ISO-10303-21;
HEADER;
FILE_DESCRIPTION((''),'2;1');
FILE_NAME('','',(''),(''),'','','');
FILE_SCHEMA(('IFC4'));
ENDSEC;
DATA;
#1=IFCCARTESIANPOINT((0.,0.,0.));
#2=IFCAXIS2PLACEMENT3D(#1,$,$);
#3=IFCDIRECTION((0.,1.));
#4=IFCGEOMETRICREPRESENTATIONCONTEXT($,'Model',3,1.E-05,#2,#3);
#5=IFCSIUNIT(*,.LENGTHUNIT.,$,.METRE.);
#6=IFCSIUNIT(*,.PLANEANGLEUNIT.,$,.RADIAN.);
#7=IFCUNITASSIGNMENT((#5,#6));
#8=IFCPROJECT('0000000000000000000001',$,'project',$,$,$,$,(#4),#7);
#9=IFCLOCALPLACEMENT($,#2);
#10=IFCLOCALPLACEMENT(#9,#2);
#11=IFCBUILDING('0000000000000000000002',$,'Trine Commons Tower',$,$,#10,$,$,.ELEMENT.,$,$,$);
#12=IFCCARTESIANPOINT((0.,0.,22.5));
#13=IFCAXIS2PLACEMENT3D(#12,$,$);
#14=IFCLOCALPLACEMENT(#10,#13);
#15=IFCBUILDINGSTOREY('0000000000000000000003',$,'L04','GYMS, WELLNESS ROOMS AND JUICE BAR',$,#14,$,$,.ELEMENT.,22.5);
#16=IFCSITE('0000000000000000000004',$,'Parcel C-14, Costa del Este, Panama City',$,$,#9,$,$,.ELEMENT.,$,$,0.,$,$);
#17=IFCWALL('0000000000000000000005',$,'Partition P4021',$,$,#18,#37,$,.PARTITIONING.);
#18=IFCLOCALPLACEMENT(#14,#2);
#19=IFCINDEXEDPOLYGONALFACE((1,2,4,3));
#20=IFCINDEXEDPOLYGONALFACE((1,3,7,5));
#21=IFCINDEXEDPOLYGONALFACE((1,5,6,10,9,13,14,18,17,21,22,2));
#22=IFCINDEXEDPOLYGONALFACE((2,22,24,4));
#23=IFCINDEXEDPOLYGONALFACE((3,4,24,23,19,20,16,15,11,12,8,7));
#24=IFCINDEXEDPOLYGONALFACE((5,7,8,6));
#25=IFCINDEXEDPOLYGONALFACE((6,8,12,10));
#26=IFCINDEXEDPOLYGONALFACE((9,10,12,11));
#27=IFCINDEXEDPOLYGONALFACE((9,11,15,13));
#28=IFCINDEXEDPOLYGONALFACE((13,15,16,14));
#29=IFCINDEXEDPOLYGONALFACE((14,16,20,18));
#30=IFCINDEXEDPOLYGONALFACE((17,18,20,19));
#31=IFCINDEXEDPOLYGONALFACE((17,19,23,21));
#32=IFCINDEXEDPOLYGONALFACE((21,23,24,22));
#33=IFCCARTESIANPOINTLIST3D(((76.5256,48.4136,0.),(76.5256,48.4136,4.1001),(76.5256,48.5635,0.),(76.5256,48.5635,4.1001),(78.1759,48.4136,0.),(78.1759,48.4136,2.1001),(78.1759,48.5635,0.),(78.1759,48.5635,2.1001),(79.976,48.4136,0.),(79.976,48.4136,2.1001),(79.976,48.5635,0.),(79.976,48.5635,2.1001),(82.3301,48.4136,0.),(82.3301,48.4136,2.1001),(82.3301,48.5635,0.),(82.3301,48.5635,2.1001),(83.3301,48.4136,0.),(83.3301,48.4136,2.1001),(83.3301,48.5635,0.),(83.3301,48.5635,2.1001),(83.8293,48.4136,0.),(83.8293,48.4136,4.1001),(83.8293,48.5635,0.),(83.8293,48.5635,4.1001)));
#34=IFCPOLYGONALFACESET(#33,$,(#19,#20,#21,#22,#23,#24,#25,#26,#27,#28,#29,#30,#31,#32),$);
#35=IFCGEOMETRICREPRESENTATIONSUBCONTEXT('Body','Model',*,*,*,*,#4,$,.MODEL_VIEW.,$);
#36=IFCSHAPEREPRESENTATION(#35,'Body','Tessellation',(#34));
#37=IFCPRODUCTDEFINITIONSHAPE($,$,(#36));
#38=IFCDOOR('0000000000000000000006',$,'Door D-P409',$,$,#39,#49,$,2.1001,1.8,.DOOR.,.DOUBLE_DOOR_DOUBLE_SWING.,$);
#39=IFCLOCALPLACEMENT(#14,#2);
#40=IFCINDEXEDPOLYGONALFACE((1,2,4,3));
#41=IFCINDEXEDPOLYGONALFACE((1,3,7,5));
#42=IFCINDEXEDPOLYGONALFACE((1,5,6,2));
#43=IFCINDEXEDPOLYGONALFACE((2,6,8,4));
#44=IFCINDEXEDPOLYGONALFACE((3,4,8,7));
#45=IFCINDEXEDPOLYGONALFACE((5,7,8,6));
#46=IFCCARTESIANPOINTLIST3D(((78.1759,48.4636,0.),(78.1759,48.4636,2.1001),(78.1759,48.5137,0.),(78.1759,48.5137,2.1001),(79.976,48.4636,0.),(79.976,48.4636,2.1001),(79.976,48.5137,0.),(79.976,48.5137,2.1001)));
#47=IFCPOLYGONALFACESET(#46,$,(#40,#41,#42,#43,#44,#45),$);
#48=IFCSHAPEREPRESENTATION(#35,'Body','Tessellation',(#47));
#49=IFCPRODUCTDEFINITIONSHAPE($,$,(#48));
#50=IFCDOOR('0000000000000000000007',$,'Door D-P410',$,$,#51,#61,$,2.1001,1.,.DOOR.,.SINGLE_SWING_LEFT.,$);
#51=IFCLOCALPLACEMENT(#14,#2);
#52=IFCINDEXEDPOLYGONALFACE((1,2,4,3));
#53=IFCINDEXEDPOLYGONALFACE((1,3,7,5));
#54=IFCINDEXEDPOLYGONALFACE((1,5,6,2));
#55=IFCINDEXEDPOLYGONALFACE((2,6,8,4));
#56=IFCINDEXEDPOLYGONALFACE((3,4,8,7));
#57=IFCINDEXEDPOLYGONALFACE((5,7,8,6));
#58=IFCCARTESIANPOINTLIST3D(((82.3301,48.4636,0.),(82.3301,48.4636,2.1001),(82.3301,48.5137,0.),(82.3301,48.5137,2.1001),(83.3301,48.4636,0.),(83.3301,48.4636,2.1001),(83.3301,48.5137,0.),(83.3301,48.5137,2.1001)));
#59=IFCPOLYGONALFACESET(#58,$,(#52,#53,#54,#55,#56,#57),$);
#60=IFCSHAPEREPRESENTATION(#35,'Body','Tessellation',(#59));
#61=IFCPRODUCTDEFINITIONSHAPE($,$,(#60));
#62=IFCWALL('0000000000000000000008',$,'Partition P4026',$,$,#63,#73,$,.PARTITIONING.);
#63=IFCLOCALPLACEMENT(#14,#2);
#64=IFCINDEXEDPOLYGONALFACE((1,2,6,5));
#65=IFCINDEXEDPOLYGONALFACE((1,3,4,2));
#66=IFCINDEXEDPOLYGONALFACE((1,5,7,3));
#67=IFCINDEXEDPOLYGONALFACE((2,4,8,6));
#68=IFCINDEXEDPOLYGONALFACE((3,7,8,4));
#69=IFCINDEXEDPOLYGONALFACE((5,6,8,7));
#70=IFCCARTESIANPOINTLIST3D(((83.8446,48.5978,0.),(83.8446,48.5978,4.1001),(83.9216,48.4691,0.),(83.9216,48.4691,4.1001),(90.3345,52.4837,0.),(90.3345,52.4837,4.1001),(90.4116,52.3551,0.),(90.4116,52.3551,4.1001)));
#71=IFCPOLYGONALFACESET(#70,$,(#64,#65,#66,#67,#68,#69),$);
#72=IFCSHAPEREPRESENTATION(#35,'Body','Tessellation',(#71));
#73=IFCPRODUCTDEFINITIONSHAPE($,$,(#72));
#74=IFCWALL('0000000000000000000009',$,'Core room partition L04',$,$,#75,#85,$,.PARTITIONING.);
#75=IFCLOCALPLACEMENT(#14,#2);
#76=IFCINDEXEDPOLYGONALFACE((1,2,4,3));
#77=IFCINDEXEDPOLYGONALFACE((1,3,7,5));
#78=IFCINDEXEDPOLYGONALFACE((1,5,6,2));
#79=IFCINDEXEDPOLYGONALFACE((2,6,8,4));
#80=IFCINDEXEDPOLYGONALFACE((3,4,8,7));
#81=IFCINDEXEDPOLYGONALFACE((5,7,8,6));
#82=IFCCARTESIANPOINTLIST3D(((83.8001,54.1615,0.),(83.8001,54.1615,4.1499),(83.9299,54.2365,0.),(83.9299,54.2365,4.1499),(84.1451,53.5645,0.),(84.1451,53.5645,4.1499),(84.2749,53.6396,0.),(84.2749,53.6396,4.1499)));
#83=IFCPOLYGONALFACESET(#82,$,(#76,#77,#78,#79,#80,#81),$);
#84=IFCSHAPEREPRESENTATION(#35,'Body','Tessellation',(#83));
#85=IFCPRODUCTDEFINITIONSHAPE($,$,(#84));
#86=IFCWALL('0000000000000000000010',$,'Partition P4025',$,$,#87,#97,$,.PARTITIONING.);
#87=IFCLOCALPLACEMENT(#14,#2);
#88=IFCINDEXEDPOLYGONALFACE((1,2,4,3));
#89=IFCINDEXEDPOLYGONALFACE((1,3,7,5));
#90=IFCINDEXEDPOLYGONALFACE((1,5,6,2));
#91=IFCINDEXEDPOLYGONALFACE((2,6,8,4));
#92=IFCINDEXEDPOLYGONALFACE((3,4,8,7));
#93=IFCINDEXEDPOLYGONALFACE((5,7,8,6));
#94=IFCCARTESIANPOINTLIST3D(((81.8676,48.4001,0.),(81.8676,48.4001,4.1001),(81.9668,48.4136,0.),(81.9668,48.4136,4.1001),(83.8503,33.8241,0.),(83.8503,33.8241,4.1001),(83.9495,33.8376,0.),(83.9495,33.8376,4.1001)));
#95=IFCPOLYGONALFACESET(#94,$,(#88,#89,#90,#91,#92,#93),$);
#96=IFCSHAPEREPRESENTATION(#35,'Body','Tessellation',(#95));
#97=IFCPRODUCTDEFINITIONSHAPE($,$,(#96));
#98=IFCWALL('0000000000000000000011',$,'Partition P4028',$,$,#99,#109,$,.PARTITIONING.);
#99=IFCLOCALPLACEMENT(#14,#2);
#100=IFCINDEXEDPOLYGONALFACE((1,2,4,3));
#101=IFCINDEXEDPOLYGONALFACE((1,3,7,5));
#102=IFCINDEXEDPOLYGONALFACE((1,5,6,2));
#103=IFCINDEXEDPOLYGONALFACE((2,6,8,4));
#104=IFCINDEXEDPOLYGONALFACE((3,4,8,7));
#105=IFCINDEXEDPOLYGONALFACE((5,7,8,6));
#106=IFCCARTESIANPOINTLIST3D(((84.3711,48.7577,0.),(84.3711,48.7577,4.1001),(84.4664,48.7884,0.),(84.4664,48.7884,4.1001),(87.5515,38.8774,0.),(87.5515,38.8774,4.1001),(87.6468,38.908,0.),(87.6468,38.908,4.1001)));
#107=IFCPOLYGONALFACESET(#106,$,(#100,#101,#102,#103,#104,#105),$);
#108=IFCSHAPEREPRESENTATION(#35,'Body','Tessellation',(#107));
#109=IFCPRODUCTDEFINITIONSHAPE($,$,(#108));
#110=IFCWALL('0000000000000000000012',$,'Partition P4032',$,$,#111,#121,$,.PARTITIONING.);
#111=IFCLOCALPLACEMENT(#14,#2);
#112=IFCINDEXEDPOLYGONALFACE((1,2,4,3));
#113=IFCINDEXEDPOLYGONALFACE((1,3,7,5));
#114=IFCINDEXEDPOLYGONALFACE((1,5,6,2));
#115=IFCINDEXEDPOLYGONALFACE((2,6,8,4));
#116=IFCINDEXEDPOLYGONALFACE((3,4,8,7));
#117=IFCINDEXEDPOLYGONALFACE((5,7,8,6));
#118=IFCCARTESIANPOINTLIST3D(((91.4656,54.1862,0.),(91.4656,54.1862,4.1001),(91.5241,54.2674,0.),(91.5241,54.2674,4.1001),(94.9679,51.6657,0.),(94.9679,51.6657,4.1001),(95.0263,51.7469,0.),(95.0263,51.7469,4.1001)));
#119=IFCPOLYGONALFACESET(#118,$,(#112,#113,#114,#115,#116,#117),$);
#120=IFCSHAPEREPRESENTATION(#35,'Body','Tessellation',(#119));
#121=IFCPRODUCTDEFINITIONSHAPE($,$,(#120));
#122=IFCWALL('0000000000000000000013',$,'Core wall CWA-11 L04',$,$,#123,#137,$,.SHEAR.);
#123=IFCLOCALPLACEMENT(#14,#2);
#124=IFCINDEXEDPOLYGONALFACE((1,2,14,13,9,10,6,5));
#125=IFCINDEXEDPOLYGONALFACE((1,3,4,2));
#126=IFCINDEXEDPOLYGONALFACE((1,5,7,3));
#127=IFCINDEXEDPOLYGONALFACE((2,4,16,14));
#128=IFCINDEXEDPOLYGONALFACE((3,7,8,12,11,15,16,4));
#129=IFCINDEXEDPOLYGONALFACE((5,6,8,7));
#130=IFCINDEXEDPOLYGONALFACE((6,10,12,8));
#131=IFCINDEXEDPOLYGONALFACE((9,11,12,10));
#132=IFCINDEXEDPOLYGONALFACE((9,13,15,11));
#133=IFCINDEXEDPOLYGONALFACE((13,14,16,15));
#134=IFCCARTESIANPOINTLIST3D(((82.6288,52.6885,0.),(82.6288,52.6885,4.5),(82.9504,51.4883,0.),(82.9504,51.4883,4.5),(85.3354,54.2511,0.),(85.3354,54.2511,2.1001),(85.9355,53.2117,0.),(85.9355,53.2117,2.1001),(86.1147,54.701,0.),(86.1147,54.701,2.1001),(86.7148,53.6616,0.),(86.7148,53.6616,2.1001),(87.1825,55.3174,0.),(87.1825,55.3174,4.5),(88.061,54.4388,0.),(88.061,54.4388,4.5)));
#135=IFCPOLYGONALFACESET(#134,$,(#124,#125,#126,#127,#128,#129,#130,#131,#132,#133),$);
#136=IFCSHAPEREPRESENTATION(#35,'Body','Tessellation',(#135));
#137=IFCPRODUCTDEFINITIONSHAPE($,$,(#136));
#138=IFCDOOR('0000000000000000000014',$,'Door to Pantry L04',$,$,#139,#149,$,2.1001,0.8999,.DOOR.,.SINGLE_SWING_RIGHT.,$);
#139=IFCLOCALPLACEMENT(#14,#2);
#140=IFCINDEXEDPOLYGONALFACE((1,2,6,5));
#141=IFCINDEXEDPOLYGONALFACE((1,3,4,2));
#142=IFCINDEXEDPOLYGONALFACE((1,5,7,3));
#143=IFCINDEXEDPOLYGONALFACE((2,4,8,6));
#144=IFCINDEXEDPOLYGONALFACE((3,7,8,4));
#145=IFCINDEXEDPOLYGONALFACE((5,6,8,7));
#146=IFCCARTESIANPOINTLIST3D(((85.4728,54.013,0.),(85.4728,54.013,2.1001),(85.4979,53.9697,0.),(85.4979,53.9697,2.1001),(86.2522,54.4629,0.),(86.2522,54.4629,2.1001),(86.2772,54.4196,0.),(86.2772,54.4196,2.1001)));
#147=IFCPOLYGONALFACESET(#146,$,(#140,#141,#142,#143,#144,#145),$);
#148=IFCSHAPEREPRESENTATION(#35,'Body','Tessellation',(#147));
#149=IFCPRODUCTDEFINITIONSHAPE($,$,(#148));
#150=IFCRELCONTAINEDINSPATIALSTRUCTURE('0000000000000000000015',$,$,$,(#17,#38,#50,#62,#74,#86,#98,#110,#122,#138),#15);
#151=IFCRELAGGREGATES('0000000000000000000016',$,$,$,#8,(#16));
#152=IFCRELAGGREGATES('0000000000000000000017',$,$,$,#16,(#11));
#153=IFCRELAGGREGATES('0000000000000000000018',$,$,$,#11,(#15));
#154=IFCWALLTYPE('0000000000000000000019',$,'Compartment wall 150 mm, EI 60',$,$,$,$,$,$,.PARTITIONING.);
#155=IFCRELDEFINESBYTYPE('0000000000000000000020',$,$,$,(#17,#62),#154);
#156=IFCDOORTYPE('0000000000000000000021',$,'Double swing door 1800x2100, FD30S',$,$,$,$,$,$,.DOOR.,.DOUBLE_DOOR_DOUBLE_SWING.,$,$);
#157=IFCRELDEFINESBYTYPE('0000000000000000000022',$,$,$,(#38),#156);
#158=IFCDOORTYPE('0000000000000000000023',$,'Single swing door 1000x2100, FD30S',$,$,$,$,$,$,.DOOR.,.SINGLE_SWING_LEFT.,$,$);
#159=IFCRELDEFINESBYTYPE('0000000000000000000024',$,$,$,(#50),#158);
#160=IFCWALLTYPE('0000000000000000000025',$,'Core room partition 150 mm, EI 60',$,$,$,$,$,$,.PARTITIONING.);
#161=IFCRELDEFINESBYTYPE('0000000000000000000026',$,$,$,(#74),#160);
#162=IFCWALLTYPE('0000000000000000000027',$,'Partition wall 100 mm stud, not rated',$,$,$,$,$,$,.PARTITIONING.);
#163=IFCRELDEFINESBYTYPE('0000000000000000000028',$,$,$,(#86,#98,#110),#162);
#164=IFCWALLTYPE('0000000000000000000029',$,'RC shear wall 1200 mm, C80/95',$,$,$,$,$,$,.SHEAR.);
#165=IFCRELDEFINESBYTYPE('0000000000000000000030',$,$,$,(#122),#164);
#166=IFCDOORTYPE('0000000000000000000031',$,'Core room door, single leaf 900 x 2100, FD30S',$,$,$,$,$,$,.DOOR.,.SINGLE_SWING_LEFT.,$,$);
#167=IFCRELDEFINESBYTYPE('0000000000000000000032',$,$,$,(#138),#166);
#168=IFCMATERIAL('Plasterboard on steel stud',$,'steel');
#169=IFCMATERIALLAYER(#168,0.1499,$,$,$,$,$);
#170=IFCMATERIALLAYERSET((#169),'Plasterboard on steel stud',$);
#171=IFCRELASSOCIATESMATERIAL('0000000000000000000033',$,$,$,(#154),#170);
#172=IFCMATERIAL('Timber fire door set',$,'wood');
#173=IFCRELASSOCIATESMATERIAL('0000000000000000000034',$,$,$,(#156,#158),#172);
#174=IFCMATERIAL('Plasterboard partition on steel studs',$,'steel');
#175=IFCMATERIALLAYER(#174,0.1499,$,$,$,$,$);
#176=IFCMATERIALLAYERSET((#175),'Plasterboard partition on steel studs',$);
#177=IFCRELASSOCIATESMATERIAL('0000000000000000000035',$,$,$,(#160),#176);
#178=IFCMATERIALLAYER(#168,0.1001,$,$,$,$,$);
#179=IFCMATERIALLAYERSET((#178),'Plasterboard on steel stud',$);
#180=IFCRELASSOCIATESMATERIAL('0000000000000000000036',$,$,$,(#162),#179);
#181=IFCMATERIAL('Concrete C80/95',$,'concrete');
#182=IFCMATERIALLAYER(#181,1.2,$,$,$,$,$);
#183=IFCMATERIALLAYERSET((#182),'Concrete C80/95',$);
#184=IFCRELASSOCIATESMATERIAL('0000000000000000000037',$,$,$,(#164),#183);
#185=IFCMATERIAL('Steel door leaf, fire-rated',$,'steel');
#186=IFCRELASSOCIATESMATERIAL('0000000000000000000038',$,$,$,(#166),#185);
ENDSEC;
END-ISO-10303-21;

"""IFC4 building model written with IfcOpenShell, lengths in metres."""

from ifc_helpers import new_model, si_unit, direction, frame, frame_2d, origin, place, context, subcontext, project, spatial, polyline, rectangle, outline, extrude, material, layer, layer_set, type_object, element, fill, save


model = new_model("IFC4")

# Units and contexts
model_context = context("Model", 3, precision=1e-05, world=origin(), true_north=direction((0.0, 1.0)))
body_context = subcontext(model_context, "Body", "Model", "MODEL_VIEW")
ifc_project = project(units=[si_unit("LENGTHUNIT", "METRE"), si_unit("PLANEANGLEUNIT", "RADIAN")], contexts=[model_context])

# Site, building, storey
site_placement = place(None, origin())
site = spatial("IfcSite", under=ifc_project, at=site_placement, Name="Parcel C-14, Costa del Este, Panama City", CompositionType="ELEMENT", RefElevation=0.0)
building_placement = place(site_placement, origin())
building = spatial("IfcBuilding", under=site, at=building_placement, Name="Trine Commons Tower", CompositionType="ELEMENT")
storey_placement = place(building_placement, frame((0.0, 0.0, 22.5)))
storey = spatial("IfcBuildingStorey", under=building, at=storey_placement, Name="L04", Description="GYMS, WELLNESS ROOMS AND JUICE BAR", CompositionType="ELEMENT", Elevation=22.5)

# Shared definitions
ifc_material_1 = material(Name="Concrete C80/95", Category="concrete")

# Wall, openings, doors
ifc_material_2 = material(Name="Plasterboard on steel stud", Category="steel")
ifc_layer_1 = layer(ifc_material_2, 0.1499)
ifc_layer_set_1 = layer_set([ifc_layer_1], Name="Plasterboard on steel stud")
wall_type_1 = type_object("IfcWallType", Name="Compartment wall 150 mm, EI 60", PredefinedType="PARTITIONING", material=ifc_layer_set_1)
wall_1_placement = place(storey_placement, frame((83.8293, 48.4885, 0.0), z_axis=(0.0, 0.0, 1.0), x_axis=(-1.0, 0.0, 0.0)))
wall_1 = element("IfcWall", 1, at=wall_1_placement, inside=storey, type_object=wall_type_1, Name="Partition P4021", PredefinedType="PARTITIONING", context=body_context, shape_type="SweptSolid", body=[
    extrude(rectangle(XDim=7.3037, YDim=0.1499, at=frame_2d((3.6519, 0.0))), origin(), (0.0, 0.0, 1.0), 4.1001),
])
opening_1_placement = place(wall_1_placement, frame((3.8535, 0.0, 0.0)))
opening_1 = element("IfcOpeningElement", 2, at=opening_1_placement, cuts=wall_1, PredefinedType="OPENING", context=body_context, shape_type="SweptSolid", body=[
    extrude(rectangle(XDim=1.8, YDim=2.1001, at=frame_2d((0.8999, 1.05))), frame((0.0, 0.085, 0.0), z_axis=(0.0, -1.0, 0.0), x_axis=(1.0, 0.0, 0.0)), (0.0, 0.0, 1.0), 0.1699),
])
opening_2_placement = place(wall_1_placement, frame((0.4993, 0.0, 0.0)))
opening_2 = element("IfcOpeningElement", 3, at=opening_2_placement, cuts=wall_1, PredefinedType="OPENING", context=body_context, shape_type="SweptSolid", body=[
    extrude(rectangle(XDim=1.0, YDim=2.1001, at=frame_2d((0.5, 1.05))), frame((0.0, 0.085, 0.0), z_axis=(0.0, -1.0, 0.0), x_axis=(1.0, 0.0, 0.0)), (0.0, 0.0, 1.0), 0.1699),
])
ifc_material_3 = material(Name="Timber fire door set", Category="wood")
door_type_1 = type_object("IfcDoorType", Name="Double swing door 1800x2100, FD30S", OperationType="DOUBLE_DOOR_DOUBLE_SWING", PredefinedType="DOOR", material=ifc_material_3)
door_1_placement = place(opening_1_placement, origin())
door_1 = element("IfcDoor", 4, at=door_1_placement, inside=storey, type_object=door_type_1, Name="Door D-P409", OperationType="DOUBLE_DOOR_DOUBLE_SWING", OverallHeight=2.1001, OverallWidth=1.8, PredefinedType="DOOR", context=body_context, shape_type="SweptSolid", body=[
    extrude(rectangle(XDim=1.8, YDim=2.1001, at=frame_2d((0.8999, 1.05))), frame((0.0, 0.0249, 0.0), z_axis=(0.0, -1.0, 0.0), x_axis=(1.0, 0.0, 0.0)), (0.0, 0.0, 1.0), 0.05),
])
fill(opening_1, door_1)
door_type_2 = type_object("IfcDoorType", Name="Single swing door 1000x2100, FD30S", OperationType="SINGLE_SWING_LEFT", PredefinedType="DOOR", material=ifc_material_3)
door_2_placement = place(opening_2_placement, origin())
door_2 = element("IfcDoor", 5, at=door_2_placement, inside=storey, type_object=door_type_2, Name="Door D-P410", OperationType="SINGLE_SWING_LEFT", OverallHeight=2.1001, OverallWidth=1.0, PredefinedType="DOOR", context=body_context, shape_type="SweptSolid", body=[
    extrude(rectangle(XDim=1.0, YDim=2.1001, at=frame_2d((0.5, 1.05))), frame((0.0, 0.0249, 0.0), z_axis=(0.0, -1.0, 0.0), x_axis=(1.0, 0.0, 0.0)), (0.0, 0.0, 1.0), 0.05),
])
fill(opening_2, door_2)

# Walls
wall_2_placement = place(storey_placement, frame((83.8831, 48.5334, 0.0), z_axis=(0.0, 0.0, 1.0), x_axis=(0.85796, 0.513717, 0.0)))
element("IfcWall", 6, at=wall_2_placement, inside=storey, type_object=wall_type_1, Name="Partition P4026", PredefinedType="PARTITIONING", context=body_context, shape_type="SweptSolid", body=[
    extrude(rectangle(XDim=7.5645, YDim=0.1499, at=frame_2d((3.7822, 0.0))), origin(), (0.0, 0.0, 1.0), 4.1001),
])
ifc_material_4 = material(Name="Plasterboard partition on steel studs", Category="steel")
ifc_layer_2 = layer(ifc_material_4, 0.1499)
ifc_layer_set_2 = layer_set([ifc_layer_2], Name="Plasterboard partition on steel studs")
wall_type_2 = type_object("IfcWallType", Name="Core room partition 150 mm, EI 60", PredefinedType="PARTITIONING", material=ifc_layer_set_2)
wall_3_placement = place(storey_placement, frame((84.21, 53.6021, 0.0), z_axis=(0.0, 0.0, 1.0), x_axis=(-0.500366, 0.865814, 0.0)))
element("IfcWall", 7, at=wall_3_placement, inside=storey, type_object=wall_type_2, Name="Core room partition L04", PredefinedType="PARTITIONING", context=body_context, shape_type="SweptSolid", body=[
    extrude(rectangle(XDim=0.6895, YDim=0.1499, at=frame_2d((0.3447, 0.0))), origin(), (0.0, 0.0, 1.0), 4.1499),
])

# Walls
ifc_layer_3 = layer(ifc_material_2, 0.1001)
ifc_layer_set_3 = layer_set([ifc_layer_3], Name="Plasterboard on steel stud")
wall_type_3 = type_object("IfcWallType", Name="Partition wall 100 mm stud, not rated", PredefinedType="PARTITIONING", material=ifc_layer_set_3)
wall_4_placement = place(storey_placement, frame((81.9172, 48.4067, 0.0), z_axis=(0.0, 0.0, 1.0), x_axis=(0.134782, -0.990875, 0.0)))
element("IfcWall", 8, at=wall_4_placement, inside=storey, type_object=wall_type_3, Name="Partition P4025", PredefinedType="PARTITIONING", context=body_context, shape_type="SweptSolid", body=[
    extrude(rectangle(XDim=14.7102, YDim=0.1001, at=frame_2d((7.355, 0.0))), origin(), (0.0, 0.0, 1.0), 4.1001),
])
wall_5_placement = place(storey_placement, frame((84.4187, 48.7732, 0.0), z_axis=(0.0, 0.0, 1.0), x_axis=(0.30641, -0.9519, 0.0)))
element("IfcWall", 9, at=wall_5_placement, inside=storey, type_object=wall_type_3, Name="Partition P4028", PredefinedType="PARTITIONING", context=body_context, shape_type="SweptSolid", body=[
    extrude(rectangle(XDim=10.3796, YDim=0.1001, at=frame_2d((5.1899, 0.0))), origin(), (0.0, 0.0, 1.0), 4.1001),
])
wall_6_placement = place(storey_placement, frame((91.4949, 54.2268, 0.0), z_axis=(0.0, 0.0, 1.0), x_axis=(0.811652, -0.584141, 0.0)))
element("IfcWall", 10, at=wall_6_placement, inside=storey, type_object=wall_type_3, Name="Partition P4032", PredefinedType="PARTITIONING", context=body_context, shape_type="SweptSolid", body=[
    extrude(rectangle(XDim=4.3149, YDim=0.1001, at=frame_2d((2.1575, 0.0))), origin(), (0.0, 0.0, 1.0), 4.1001),
])

# Wall, opening, door
ifc_layer_4 = layer(ifc_material_1, 1.2)
ifc_layer_set_4 = layer_set([ifc_layer_4], Name="Concrete C80/95")
wall_type_4 = type_object("IfcWallType", Name="RC shear wall 1200 mm, C80/95", PredefinedType="SHEAR", material=ifc_layer_set_4)
wall_7_placement = place(storey_placement, frame((82.6504, 52.0081, 0.0), z_axis=(0.0, 0.0, 1.0), x_axis=(0.866037, 0.499979, 0.0)))
wall_7 = element("IfcWall", 11, at=wall_7_placement, inside=storey, type_object=wall_type_4, Name="Core wall CWA-11 L04", PredefinedType="SHEAR", context=body_context, shape_type="SweptSolid", body=[
    extrude(outline(polyline([(0.0, -0.6001), (5.9011, -0.6001), (5.5796, 0.6001), (0.3215, 0.6001), (0.0, -0.6001)])), origin(), (0.0, 0.0, 1.0), 4.5),
])
opening_3_placement = place(wall_7_placement, frame((3.4468, 0.0, 0.0)))
opening_3 = element("IfcOpeningElement", 12, at=opening_3_placement, cuts=wall_7, PredefinedType="OPENING", context=body_context, shape_type="SweptSolid", body=[
    extrude(rectangle(XDim=0.8999, YDim=2.1001, at=frame_2d((0.45, 1.05))), frame((0.0, 0.6099, 0.0), z_axis=(0.0, -1.0, 0.0), x_axis=(1.0, 0.0, 0.0)), (0.0, 0.0, 1.0), 1.22),
])
ifc_material_5 = material(Name="Steel door leaf, fire-rated", Category="steel")
door_type_3 = type_object("IfcDoorType", Name="Core room door, single leaf 900 x 2100, FD30S", OperationType="SINGLE_SWING_LEFT", PredefinedType="DOOR", material=ifc_material_5)
door_3_placement = place(opening_3_placement, origin())
door_3 = element("IfcDoor", 13, at=door_3_placement, inside=storey, type_object=door_type_3, Name="Door to Pantry L04", OperationType="SINGLE_SWING_RIGHT", OverallHeight=2.1001, OverallWidth=0.8999, PredefinedType="DOOR", context=body_context, shape_type="SweptSolid", body=[
    extrude(rectangle(XDim=0.8999, YDim=2.1001, at=frame_2d((0.45, 1.05))), frame((0.0, 0.3252, 0.0), z_axis=(0.0, -1.0, 0.0), x_axis=(1.0, 0.0, 0.0)), (0.0, 0.0, 1.0), 0.05),
])
fill(opening_3, door_3)

save(model, "model.ifc")
